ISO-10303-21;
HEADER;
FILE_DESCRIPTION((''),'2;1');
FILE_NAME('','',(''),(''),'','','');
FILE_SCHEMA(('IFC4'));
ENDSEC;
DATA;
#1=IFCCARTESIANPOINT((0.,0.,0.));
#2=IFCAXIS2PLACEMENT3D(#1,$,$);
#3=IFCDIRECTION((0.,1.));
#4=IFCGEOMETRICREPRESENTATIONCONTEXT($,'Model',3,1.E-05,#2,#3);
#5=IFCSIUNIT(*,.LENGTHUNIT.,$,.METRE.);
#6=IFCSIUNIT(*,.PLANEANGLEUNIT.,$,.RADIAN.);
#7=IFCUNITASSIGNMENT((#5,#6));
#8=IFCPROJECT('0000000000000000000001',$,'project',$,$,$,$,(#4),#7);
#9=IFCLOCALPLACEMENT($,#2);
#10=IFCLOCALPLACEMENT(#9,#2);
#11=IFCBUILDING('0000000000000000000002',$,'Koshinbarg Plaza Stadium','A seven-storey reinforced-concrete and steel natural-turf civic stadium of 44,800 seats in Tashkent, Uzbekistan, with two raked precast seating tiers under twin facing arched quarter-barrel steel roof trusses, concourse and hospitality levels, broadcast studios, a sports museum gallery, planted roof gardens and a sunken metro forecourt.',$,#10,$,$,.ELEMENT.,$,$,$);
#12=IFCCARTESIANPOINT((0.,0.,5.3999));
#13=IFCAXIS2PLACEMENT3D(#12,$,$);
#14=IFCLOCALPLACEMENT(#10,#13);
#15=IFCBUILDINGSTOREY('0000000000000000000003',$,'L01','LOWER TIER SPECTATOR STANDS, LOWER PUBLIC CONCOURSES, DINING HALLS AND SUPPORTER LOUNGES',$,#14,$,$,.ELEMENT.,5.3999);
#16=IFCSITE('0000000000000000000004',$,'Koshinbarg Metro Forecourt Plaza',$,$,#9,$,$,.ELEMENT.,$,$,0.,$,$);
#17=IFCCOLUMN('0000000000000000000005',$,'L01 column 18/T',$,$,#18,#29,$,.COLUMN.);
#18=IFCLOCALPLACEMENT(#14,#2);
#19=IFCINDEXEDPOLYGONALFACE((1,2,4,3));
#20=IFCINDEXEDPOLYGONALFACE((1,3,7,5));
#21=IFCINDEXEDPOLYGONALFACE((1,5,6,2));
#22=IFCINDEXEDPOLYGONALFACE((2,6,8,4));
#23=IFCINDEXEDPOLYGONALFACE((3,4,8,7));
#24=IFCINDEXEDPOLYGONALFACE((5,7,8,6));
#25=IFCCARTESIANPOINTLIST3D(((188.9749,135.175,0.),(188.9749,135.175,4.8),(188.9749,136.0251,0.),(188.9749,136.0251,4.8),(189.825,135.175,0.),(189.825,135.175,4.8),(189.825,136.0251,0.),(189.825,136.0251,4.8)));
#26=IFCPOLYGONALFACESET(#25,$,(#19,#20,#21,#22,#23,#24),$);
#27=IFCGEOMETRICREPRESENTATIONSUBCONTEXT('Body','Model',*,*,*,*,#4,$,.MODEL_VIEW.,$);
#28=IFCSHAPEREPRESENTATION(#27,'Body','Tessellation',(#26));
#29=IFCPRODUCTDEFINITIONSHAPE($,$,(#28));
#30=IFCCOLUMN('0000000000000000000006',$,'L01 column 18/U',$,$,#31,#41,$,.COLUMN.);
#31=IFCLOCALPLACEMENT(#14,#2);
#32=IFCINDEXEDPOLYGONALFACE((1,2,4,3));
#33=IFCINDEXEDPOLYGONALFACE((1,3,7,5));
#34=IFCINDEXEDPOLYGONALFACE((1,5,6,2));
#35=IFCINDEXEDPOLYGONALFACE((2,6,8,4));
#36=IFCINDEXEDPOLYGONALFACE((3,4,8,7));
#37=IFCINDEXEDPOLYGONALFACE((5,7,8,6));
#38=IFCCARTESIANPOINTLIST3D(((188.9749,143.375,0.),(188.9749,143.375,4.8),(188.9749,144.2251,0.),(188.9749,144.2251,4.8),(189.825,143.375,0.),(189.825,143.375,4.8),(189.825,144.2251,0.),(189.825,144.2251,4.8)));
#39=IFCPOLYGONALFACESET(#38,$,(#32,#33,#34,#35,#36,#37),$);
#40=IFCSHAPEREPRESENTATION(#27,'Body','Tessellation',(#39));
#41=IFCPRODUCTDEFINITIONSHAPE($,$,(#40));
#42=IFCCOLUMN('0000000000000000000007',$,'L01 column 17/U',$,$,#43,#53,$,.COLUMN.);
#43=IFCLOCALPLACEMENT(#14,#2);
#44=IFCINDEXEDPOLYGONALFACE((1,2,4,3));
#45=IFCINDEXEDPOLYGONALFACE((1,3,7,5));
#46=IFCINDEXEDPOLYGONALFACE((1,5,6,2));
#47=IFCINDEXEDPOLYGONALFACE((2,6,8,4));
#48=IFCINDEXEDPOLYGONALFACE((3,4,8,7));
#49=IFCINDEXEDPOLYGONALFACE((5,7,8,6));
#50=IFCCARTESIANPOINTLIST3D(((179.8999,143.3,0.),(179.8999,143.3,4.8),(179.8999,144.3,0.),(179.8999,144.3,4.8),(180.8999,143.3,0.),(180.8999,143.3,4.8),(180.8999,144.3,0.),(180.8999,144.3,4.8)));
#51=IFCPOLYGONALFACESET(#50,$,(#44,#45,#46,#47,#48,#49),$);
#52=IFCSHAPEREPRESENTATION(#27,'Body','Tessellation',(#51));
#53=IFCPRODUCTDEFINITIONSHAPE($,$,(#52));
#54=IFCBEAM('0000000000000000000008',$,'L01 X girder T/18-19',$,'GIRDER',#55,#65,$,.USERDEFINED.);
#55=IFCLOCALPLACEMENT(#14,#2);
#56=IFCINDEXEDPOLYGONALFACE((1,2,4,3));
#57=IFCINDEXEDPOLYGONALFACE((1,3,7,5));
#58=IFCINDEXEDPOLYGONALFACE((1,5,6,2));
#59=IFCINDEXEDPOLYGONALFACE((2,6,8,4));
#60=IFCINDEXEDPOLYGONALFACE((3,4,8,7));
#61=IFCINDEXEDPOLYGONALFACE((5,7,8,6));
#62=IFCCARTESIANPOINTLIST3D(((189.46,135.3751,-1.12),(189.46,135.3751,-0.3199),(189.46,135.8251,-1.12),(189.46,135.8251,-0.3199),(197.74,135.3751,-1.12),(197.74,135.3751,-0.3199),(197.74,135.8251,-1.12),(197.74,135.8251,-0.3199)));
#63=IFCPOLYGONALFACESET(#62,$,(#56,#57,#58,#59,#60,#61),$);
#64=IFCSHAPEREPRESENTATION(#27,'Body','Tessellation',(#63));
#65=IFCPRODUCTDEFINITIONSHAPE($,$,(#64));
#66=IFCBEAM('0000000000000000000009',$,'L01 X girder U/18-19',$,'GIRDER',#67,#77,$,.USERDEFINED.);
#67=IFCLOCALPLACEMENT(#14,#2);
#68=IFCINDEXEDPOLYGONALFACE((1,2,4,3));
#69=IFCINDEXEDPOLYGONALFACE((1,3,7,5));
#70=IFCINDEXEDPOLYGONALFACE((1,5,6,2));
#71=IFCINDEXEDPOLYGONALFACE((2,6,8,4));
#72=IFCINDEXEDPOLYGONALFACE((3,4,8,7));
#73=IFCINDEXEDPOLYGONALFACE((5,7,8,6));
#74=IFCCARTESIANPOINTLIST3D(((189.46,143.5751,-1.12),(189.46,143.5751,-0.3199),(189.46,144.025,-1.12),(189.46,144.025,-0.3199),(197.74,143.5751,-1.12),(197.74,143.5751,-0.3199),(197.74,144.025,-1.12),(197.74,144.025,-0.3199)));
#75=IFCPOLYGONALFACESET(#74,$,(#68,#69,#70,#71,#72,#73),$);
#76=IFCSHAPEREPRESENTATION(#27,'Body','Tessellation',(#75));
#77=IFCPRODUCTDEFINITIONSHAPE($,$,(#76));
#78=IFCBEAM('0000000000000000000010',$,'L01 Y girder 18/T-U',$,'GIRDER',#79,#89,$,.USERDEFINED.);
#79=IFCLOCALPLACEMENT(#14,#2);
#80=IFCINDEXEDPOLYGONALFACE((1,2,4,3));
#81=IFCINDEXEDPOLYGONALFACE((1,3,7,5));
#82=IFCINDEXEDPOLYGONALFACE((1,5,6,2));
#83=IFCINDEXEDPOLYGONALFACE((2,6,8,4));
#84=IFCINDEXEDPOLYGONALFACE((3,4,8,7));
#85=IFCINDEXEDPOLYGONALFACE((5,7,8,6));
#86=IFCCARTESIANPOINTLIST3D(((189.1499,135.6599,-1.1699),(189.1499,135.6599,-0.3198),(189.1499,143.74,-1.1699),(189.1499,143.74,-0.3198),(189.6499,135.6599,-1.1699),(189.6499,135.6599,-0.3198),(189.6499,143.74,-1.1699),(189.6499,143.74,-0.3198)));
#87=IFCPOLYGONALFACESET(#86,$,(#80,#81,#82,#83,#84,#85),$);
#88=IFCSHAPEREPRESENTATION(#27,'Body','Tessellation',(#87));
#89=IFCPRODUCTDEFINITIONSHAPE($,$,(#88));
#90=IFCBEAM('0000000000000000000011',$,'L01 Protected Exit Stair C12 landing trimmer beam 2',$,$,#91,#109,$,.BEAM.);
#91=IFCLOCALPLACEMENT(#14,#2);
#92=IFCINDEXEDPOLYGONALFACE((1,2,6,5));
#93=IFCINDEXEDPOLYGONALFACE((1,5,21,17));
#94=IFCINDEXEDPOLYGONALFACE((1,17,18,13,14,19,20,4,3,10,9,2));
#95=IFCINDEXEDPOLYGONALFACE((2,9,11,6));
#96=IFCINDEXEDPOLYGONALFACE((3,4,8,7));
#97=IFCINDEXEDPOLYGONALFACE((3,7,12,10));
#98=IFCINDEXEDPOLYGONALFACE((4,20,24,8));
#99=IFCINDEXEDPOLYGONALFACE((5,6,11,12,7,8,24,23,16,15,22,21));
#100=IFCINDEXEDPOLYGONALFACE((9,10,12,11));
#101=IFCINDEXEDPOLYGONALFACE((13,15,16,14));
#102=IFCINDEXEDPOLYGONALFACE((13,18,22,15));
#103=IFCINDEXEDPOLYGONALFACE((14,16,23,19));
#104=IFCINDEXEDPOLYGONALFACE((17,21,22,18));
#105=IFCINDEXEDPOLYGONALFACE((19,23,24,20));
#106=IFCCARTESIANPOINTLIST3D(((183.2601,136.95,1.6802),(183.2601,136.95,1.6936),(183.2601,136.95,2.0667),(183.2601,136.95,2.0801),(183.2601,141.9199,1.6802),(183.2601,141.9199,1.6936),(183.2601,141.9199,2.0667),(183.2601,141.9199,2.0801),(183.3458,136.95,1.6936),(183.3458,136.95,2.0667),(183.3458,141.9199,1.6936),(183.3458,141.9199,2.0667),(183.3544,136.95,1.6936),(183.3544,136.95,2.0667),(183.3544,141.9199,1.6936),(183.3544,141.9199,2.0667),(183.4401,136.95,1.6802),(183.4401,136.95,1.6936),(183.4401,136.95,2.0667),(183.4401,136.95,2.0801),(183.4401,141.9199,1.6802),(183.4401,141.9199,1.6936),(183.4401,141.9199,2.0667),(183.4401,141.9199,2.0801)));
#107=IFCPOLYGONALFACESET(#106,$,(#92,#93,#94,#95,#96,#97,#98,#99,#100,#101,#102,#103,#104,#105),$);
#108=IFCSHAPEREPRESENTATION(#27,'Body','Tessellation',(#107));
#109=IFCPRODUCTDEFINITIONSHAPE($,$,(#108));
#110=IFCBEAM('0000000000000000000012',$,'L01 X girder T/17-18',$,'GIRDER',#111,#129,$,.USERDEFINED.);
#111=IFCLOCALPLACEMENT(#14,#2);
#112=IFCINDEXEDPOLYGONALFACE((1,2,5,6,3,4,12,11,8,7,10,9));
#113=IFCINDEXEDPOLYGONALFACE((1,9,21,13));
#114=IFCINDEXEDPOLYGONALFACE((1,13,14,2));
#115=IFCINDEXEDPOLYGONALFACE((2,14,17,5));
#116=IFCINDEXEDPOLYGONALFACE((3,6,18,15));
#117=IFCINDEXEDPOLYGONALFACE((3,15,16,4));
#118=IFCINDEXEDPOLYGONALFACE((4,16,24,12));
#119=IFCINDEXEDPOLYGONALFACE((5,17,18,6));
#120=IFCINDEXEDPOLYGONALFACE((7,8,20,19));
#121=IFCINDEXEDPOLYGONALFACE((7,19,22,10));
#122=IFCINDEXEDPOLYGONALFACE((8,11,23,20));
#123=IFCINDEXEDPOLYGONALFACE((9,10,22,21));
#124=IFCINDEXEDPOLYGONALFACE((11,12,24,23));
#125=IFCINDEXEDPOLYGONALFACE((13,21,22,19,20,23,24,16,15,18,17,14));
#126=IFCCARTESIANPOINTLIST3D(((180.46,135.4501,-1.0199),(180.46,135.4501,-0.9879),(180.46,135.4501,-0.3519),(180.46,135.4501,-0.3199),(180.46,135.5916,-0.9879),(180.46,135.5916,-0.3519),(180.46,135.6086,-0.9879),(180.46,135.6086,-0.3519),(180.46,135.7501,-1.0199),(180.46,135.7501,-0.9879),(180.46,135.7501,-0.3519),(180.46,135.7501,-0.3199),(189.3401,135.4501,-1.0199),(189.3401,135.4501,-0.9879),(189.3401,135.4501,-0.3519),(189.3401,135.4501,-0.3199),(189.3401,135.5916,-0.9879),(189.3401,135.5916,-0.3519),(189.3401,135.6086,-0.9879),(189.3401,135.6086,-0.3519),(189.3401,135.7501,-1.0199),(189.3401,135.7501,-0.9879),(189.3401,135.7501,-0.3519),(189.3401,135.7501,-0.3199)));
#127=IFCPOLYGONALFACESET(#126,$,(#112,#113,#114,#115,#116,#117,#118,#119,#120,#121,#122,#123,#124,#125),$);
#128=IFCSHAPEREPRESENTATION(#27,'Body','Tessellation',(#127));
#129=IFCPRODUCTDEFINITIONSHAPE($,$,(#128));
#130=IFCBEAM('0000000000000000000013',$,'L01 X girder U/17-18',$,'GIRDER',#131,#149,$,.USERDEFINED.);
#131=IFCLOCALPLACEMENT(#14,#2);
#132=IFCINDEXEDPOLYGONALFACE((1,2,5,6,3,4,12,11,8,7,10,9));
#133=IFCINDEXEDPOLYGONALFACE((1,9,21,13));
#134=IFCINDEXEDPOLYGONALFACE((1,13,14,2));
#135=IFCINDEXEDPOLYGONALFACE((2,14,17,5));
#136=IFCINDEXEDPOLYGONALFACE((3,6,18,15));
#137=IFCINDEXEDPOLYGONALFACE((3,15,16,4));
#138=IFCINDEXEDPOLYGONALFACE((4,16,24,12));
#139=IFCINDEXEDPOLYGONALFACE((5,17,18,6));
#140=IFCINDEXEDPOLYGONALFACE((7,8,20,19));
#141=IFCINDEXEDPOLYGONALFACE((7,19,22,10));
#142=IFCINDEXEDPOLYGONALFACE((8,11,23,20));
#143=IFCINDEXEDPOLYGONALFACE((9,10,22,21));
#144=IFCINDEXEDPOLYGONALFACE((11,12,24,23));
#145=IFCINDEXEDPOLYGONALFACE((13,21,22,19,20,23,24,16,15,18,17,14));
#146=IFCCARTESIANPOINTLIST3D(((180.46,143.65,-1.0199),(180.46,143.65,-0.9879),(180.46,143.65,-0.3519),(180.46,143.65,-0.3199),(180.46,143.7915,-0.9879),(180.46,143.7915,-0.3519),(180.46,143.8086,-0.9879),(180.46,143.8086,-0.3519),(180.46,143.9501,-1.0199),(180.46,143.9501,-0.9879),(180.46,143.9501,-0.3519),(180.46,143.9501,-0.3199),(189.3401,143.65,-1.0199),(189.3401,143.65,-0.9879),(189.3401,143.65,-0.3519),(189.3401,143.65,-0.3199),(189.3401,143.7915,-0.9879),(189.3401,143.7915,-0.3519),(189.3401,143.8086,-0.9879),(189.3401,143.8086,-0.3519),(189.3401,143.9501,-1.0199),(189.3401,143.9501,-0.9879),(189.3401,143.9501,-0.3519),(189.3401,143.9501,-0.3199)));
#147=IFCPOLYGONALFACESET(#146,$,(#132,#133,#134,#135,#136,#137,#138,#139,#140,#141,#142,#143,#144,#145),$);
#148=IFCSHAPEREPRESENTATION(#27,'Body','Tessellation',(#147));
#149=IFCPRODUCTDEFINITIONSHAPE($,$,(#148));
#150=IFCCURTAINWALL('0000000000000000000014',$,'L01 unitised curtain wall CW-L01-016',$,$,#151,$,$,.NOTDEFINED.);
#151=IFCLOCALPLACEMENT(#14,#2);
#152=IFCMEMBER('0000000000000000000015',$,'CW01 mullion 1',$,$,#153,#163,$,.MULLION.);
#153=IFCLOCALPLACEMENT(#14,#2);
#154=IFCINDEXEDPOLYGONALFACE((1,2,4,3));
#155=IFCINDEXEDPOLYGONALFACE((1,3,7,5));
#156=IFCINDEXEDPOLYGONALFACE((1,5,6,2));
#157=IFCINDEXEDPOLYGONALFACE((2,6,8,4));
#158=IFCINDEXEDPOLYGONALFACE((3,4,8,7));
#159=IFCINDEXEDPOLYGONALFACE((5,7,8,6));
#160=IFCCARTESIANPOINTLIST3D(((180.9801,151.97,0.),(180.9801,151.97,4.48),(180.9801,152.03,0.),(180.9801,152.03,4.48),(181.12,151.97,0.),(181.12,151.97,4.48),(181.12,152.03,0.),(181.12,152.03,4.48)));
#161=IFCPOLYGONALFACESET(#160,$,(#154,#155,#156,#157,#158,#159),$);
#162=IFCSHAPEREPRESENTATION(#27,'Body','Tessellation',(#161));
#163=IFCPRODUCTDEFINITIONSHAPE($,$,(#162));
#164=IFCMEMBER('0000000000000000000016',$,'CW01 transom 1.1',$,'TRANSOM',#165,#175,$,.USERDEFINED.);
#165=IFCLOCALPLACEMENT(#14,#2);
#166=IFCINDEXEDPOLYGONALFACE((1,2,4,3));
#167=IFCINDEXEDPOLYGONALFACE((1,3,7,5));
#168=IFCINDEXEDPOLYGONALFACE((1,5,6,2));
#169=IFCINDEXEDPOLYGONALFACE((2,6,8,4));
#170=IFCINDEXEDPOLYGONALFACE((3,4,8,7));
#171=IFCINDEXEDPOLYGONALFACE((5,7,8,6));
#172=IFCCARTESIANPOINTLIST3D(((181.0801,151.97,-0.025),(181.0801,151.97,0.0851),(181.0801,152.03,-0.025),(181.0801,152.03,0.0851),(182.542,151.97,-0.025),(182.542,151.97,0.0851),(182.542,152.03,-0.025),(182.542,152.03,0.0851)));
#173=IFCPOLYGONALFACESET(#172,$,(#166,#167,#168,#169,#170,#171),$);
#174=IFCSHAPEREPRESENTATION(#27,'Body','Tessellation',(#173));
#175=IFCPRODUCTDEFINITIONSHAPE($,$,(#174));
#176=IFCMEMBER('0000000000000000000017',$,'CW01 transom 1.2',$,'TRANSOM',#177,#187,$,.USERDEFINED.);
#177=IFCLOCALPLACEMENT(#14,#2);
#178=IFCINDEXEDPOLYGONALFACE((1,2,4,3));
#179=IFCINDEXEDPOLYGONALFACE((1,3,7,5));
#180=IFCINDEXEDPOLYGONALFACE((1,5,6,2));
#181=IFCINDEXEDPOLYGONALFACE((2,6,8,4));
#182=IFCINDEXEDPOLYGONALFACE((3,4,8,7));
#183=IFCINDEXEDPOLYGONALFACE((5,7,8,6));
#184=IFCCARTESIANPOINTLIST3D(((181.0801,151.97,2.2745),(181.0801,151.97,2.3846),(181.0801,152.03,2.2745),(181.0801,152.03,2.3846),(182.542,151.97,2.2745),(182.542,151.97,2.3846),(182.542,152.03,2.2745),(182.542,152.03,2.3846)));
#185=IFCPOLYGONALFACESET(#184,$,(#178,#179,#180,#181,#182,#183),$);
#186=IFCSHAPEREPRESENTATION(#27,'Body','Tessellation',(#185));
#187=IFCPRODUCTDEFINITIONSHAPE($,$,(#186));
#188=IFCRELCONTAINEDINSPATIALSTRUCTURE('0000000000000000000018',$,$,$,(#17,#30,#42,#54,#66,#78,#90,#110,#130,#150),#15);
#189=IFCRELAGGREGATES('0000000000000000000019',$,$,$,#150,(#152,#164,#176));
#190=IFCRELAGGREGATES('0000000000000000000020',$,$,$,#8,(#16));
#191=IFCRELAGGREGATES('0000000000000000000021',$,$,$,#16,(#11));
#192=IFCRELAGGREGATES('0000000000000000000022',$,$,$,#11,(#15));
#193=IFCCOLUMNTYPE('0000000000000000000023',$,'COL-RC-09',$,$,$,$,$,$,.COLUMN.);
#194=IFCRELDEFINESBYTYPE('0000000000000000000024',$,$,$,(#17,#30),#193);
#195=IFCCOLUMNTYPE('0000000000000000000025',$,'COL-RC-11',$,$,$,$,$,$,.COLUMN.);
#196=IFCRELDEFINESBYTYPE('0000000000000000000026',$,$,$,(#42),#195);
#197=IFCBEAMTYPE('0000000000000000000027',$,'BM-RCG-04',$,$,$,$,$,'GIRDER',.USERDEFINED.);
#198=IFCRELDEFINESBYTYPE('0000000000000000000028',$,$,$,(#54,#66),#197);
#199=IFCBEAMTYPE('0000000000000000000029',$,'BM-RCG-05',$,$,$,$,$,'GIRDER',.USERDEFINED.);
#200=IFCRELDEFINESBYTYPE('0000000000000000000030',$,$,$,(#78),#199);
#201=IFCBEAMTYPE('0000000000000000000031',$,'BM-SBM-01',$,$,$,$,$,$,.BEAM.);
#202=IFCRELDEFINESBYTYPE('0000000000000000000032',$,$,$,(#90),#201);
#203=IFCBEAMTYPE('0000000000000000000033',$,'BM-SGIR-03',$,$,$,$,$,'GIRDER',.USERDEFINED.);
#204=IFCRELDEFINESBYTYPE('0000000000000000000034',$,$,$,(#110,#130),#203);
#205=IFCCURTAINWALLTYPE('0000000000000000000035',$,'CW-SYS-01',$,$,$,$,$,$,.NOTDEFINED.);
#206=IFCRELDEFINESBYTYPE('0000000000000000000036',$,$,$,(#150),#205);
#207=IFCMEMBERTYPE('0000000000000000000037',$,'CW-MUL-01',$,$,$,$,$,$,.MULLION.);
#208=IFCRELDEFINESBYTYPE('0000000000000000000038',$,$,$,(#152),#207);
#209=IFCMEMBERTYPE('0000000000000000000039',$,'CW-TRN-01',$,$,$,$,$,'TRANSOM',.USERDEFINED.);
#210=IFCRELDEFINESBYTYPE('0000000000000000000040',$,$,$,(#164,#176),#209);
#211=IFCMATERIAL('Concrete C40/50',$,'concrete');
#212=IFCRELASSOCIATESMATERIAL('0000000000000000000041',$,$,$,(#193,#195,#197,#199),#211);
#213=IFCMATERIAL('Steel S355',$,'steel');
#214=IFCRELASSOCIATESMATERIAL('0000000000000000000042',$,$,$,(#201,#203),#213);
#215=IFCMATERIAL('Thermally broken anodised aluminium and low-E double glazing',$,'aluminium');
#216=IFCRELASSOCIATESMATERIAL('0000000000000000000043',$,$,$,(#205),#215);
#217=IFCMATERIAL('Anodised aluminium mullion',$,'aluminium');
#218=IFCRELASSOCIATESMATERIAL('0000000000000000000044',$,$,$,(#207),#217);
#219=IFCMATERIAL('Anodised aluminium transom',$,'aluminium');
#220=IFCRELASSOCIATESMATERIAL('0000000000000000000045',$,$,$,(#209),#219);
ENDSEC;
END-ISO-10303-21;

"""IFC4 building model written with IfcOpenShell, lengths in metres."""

from ifc_helpers import new_model, si_unit, direction, frame, origin, origin_2d, place, context, subcontext, project, spatial, rectangle, i_section, extrude, material, material_profile, profile_set, type_object, element, aggregate, save


model = new_model("IFC4")

# Units and contexts
model_context = context("Model", 3, precision=1e-05, world=origin(), true_north=direction((0.0, 1.0)))
body_context = subcontext(model_context, "Body", "Model", "MODEL_VIEW")
ifc_project = project(units=[si_unit("LENGTHUNIT", "METRE"), si_unit("PLANEANGLEUNIT", "RADIAN")], contexts=[model_context])

# Site, building, storey
site_placement = place(None, origin())
site = spatial("IfcSite", under=ifc_project, at=site_placement, Name="Koshinbarg Metro Forecourt Plaza", CompositionType="ELEMENT", RefElevation=0.0)
building_placement = place(site_placement, origin())
building = spatial("IfcBuilding", under=site, at=building_placement, Name="Koshinbarg Plaza Stadium", Description="A seven-storey reinforced-concrete and steel natural-turf civic stadium of 44,800 seats in Tashkent, Uzbekistan, with two raked precast seating tiers under twin facing arched quarter-barrel steel roof trusses, concourse and hospitality levels, broadcast studios, a sports museum gallery, planted roof gardens and a sunken metro forecourt.", CompositionType="ELEMENT")
storey_placement = place(building_placement, frame((0.0, 0.0, 5.3999)))
storey = spatial("IfcBuildingStorey", under=building, at=storey_placement, Name="L01", Description="LOWER TIER SPECTATOR STANDS, LOWER PUBLIC CONCOURSES, DINING HALLS AND SUPPORTER LOUNGES", CompositionType="ELEMENT", Elevation=5.3999)

# Columns
ifc_material_1 = material(Name="Concrete C40/50", Category="concrete")
ifc_material_profile_1 = material_profile(ifc_material_1, rectangle(XDim=0.8501, YDim=0.8501, at=origin_2d()), Name="RC 850x850")
ifc_profile_set_1 = profile_set([ifc_material_profile_1], Name="Concrete C40/50")
column_type_1 = type_object("IfcColumnType", Name="COL-RC-09", PredefinedType="COLUMN", material=ifc_profile_set_1)
for number, where, z_axis, x_axis, name in (
    (1, (189.3999, 135.6001, 0.0), (0.0, 0.0, 1.0), (1.0, 0.0, 0.0), "L01 column 18/T"),
    (2, (189.3999, 143.8, 0.0), (0.0, 0.0, 1.0), (1.0, 0.0, 0.0), "L01 column 18/U"),
):
    element("IfcColumn", number, at=place(storey_placement, frame(where, z_axis=z_axis, x_axis=x_axis)), inside=storey, type_object=column_type_1, Name=name, PredefinedType="COLUMN", context=body_context, shape_type="SweptSolid", body=[
        extrude(rectangle(XDim=0.8501, YDim=0.8501, at=origin_2d()), origin(), (0.0, 0.0, 1.0), 4.8),
    ])
ifc_material_profile_2 = material_profile(ifc_material_1, rectangle(XDim=1.0, YDim=1.0, at=origin_2d()), Name="RC 1000x1000")
ifc_profile_set_2 = profile_set([ifc_material_profile_2], Name="Concrete C40/50")
column_type_2 = type_object("IfcColumnType", Name="COL-RC-11", PredefinedType="COLUMN", material=ifc_profile_set_2)
column_placement = place(storey_placement, frame((180.3999, 143.8, 0.0), z_axis=(0.0, 0.0, 1.0), x_axis=(1.0, 0.0, 0.0)))
element("IfcColumn", 3, at=column_placement, inside=storey, type_object=column_type_2, Name="L01 column 17/U", PredefinedType="COLUMN", context=body_context, shape_type="SweptSolid", body=[
    extrude(rectangle(XDim=1.0, YDim=1.0, at=origin_2d()), origin(), (0.0, 0.0, 1.0), 4.8),
])

# Beams
ifc_material_profile_3 = material_profile(ifc_material_1, rectangle(XDim=0.45, YDim=0.8, at=origin_2d()), Name="RC 450x800")
ifc_profile_set_3 = profile_set([ifc_material_profile_3], Name="Concrete C40/50")
beam_type_1 = type_object("IfcBeamType", Name="BM-RCG-04", ElementType="GIRDER", PredefinedType="USERDEFINED", material=ifc_profile_set_3)
for number, where, z_axis, x_axis, name in (
    (4, (189.46, 135.6001, -0.72), (1.0, 0.0, 0.0), (0.0, 1.0, 0.0), "L01 X girder T/18-19"),
    (5, (189.46, 143.8, -0.72), (1.0, 0.0, 0.0), (0.0, 1.0, 0.0), "L01 X girder U/18-19"),
):
    element("IfcBeam", number, at=place(storey_placement, frame(where, z_axis=z_axis, x_axis=x_axis)), inside=storey, type_object=beam_type_1, Name=name, ObjectType="GIRDER", PredefinedType="USERDEFINED", context=body_context, shape_type="SweptSolid", body=[
        extrude(rectangle(XDim=0.45, YDim=0.8, at=origin_2d()), origin(), (0.0, 0.0, 1.0), 8.28),
    ])
ifc_material_profile_4 = material_profile(ifc_material_1, rectangle(XDim=0.5, YDim=0.8501, at=origin_2d()), Name="RC 500x850")
ifc_profile_set_4 = profile_set([ifc_material_profile_4], Name="Concrete C40/50")
beam_type_2 = type_object("IfcBeamType", Name="BM-RCG-05", ElementType="GIRDER", PredefinedType="USERDEFINED", material=ifc_profile_set_4)
beam_1_placement = place(storey_placement, frame((189.3999, 135.6599, -0.7449), z_axis=(0.0, 1.0, 0.0), x_axis=(-1.0, 0.0, 0.0)))
element("IfcBeam", 6, at=beam_1_placement, inside=storey, type_object=beam_type_2, Name="L01 Y girder 18/T-U", ObjectType="GIRDER", PredefinedType="USERDEFINED", context=body_context, shape_type="SweptSolid", body=[
    extrude(rectangle(XDim=0.5, YDim=0.8501, at=origin_2d()), origin(), (0.0, 0.0, 1.0), 8.0801),
])
ifc_material_2 = material(Name="Steel S355", Category="steel")
ifc_material_profile_5 = material_profile(ifc_material_2, i_section(OverallWidth=0.1799, OverallDepth=0.3999, WebThickness=0.0085, FlangeThickness=0.0134, at=origin_2d()), Name="IPE 400")
ifc_profile_set_5 = profile_set([ifc_material_profile_5], Name="Steel S355")
beam_type_3 = type_object("IfcBeamType", Name="BM-SBM-01", PredefinedType="BEAM", material=ifc_profile_set_5)
beam_2_placement = place(storey_placement, frame((183.3501, 136.95, 1.8801), z_axis=(0.0, 1.0, 0.0), x_axis=(-1.0, 0.0, 0.0)))
element("IfcBeam", 7, at=beam_2_placement, inside=storey, type_object=beam_type_3, Name="L01 Protected Exit Stair C12 landing trimmer beam 2", PredefinedType="BEAM", context=body_context, shape_type="SweptSolid", body=[
    extrude(i_section(OverallWidth=0.1799, OverallDepth=0.3999, WebThickness=0.0085, FlangeThickness=0.0134, at=origin_2d()), origin(), (0.0, 0.0, 1.0), 4.97),
])
ifc_material_profile_6 = material_profile(ifc_material_2, i_section(OverallWidth=0.3, OverallDepth=0.7, WebThickness=0.0171, FlangeThickness=0.032, at=origin_2d()), Name="HEB 700")
ifc_profile_set_6 = profile_set([ifc_material_profile_6], Name="Steel S355")
beam_type_4 = type_object("IfcBeamType", Name="BM-SGIR-03", ElementType="GIRDER", PredefinedType="USERDEFINED", material=ifc_profile_set_6)
for number, where, z_axis, x_axis, name in (
    (8, (180.46, 135.6001, -0.6699), (1.0, 0.0, 0.0), (0.0, 1.0, 0.0), "L01 X girder T/17-18"),
    (9, (180.46, 143.8, -0.6699), (1.0, 0.0, 0.0), (0.0, 1.0, 0.0), "L01 X girder U/17-18"),
):
    element("IfcBeam", number, at=place(storey_placement, frame(where, z_axis=z_axis, x_axis=x_axis)), inside=storey, type_object=beam_type_4, Name=name, ObjectType="GIRDER", PredefinedType="USERDEFINED", context=body_context, shape_type="SweptSolid", body=[
        extrude(i_section(OverallWidth=0.3, OverallDepth=0.7, WebThickness=0.0171, FlangeThickness=0.032, at=origin_2d()), origin(), (0.0, 0.0, 1.0), 8.8801),
    ])

# Curtain wall, members
ifc_material_3 = material(Name="Thermally broken anodised aluminium and low-E double glazing", Category="aluminium")
curtain_wall_type = type_object("IfcCurtainWallType", Name="CW-SYS-01", PredefinedType="NOTDEFINED", material=ifc_material_3)
curtain_wall_placement = place(storey_placement, origin())
curtain_wall = element("IfcCurtainWall", 10, at=curtain_wall_placement, inside=storey, type_object=curtain_wall_type, Name="L01 unitised curtain wall CW-L01-016", PredefinedType="NOTDEFINED")
ifc_material_4 = material(Name="Anodised aluminium mullion", Category="aluminium")
ifc_material_profile_7 = material_profile(ifc_material_4, rectangle(XDim=0.0601, YDim=0.1399, at=origin_2d()), Name="ALU 60x140")
ifc_profile_set_7 = profile_set([ifc_material_profile_7], Name="Anodised aluminium mullion")
member_type_1 = type_object("IfcMemberType", Name="CW-MUL-01", PredefinedType="MULLION", material=ifc_profile_set_7)
member_1_placement = place(storey_placement, frame((181.05, 152.0, 0.0), z_axis=(0.0, 0.0, 1.0), x_axis=(0.0, 1.0, 0.0)))
member_1 = element("IfcMember", 11, at=member_1_placement, type_object=member_type_1, Name="CW01 mullion 1", PredefinedType="MULLION", context=body_context, shape_type="SweptSolid", body=[
    extrude(rectangle(XDim=0.0601, YDim=0.1399, at=origin_2d()), origin(), (0.0, 0.0, 1.0), 4.48),
])
ifc_material_5 = material(Name="Anodised aluminium transom", Category="aluminium")
ifc_material_profile_8 = material_profile(ifc_material_5, rectangle(XDim=0.0601, YDim=0.1101, at=origin_2d()), Name="ALU 60x110")
ifc_profile_set_8 = profile_set([ifc_material_profile_8], Name="Anodised aluminium transom")
member_type_2 = type_object("IfcMemberType", Name="CW-TRN-01", ElementType="TRANSOM", PredefinedType="USERDEFINED", material=ifc_profile_set_8)
member_2_placement = place(storey_placement, frame((181.0801, 152.0, 0.03), z_axis=(1.0, 0.0, 0.0), x_axis=(0.0, 1.0, 0.0)))
member_2 = element("IfcMember", 12, at=member_2_placement, type_object=member_type_2, Name="CW01 transom 1.1", ObjectType="TRANSOM", PredefinedType="USERDEFINED", context=body_context, shape_type="SweptSolid", body=[
    extrude(rectangle(XDim=0.0601, YDim=0.1101, at=origin_2d()), origin(), (0.0, 0.0, 1.0), 1.4619),
])
member_3_placement = place(storey_placement, frame((181.0801, 152.0, 2.3296), z_axis=(1.0, 0.0, 0.0), x_axis=(0.0, 1.0, 0.0)))
member_3 = element("IfcMember", 13, at=member_3_placement, type_object=member_type_2, Name="CW01 transom 1.2", ObjectType="TRANSOM", PredefinedType="USERDEFINED", context=body_context, shape_type="SweptSolid", body=[
    extrude(rectangle(XDim=0.0601, YDim=0.1101, at=origin_2d()), origin(), (0.0, 0.0, 1.0), 1.4619),
])
aggregate(curtain_wall, [member_1, member_2, member_3])

save(model, "model.ifc")
